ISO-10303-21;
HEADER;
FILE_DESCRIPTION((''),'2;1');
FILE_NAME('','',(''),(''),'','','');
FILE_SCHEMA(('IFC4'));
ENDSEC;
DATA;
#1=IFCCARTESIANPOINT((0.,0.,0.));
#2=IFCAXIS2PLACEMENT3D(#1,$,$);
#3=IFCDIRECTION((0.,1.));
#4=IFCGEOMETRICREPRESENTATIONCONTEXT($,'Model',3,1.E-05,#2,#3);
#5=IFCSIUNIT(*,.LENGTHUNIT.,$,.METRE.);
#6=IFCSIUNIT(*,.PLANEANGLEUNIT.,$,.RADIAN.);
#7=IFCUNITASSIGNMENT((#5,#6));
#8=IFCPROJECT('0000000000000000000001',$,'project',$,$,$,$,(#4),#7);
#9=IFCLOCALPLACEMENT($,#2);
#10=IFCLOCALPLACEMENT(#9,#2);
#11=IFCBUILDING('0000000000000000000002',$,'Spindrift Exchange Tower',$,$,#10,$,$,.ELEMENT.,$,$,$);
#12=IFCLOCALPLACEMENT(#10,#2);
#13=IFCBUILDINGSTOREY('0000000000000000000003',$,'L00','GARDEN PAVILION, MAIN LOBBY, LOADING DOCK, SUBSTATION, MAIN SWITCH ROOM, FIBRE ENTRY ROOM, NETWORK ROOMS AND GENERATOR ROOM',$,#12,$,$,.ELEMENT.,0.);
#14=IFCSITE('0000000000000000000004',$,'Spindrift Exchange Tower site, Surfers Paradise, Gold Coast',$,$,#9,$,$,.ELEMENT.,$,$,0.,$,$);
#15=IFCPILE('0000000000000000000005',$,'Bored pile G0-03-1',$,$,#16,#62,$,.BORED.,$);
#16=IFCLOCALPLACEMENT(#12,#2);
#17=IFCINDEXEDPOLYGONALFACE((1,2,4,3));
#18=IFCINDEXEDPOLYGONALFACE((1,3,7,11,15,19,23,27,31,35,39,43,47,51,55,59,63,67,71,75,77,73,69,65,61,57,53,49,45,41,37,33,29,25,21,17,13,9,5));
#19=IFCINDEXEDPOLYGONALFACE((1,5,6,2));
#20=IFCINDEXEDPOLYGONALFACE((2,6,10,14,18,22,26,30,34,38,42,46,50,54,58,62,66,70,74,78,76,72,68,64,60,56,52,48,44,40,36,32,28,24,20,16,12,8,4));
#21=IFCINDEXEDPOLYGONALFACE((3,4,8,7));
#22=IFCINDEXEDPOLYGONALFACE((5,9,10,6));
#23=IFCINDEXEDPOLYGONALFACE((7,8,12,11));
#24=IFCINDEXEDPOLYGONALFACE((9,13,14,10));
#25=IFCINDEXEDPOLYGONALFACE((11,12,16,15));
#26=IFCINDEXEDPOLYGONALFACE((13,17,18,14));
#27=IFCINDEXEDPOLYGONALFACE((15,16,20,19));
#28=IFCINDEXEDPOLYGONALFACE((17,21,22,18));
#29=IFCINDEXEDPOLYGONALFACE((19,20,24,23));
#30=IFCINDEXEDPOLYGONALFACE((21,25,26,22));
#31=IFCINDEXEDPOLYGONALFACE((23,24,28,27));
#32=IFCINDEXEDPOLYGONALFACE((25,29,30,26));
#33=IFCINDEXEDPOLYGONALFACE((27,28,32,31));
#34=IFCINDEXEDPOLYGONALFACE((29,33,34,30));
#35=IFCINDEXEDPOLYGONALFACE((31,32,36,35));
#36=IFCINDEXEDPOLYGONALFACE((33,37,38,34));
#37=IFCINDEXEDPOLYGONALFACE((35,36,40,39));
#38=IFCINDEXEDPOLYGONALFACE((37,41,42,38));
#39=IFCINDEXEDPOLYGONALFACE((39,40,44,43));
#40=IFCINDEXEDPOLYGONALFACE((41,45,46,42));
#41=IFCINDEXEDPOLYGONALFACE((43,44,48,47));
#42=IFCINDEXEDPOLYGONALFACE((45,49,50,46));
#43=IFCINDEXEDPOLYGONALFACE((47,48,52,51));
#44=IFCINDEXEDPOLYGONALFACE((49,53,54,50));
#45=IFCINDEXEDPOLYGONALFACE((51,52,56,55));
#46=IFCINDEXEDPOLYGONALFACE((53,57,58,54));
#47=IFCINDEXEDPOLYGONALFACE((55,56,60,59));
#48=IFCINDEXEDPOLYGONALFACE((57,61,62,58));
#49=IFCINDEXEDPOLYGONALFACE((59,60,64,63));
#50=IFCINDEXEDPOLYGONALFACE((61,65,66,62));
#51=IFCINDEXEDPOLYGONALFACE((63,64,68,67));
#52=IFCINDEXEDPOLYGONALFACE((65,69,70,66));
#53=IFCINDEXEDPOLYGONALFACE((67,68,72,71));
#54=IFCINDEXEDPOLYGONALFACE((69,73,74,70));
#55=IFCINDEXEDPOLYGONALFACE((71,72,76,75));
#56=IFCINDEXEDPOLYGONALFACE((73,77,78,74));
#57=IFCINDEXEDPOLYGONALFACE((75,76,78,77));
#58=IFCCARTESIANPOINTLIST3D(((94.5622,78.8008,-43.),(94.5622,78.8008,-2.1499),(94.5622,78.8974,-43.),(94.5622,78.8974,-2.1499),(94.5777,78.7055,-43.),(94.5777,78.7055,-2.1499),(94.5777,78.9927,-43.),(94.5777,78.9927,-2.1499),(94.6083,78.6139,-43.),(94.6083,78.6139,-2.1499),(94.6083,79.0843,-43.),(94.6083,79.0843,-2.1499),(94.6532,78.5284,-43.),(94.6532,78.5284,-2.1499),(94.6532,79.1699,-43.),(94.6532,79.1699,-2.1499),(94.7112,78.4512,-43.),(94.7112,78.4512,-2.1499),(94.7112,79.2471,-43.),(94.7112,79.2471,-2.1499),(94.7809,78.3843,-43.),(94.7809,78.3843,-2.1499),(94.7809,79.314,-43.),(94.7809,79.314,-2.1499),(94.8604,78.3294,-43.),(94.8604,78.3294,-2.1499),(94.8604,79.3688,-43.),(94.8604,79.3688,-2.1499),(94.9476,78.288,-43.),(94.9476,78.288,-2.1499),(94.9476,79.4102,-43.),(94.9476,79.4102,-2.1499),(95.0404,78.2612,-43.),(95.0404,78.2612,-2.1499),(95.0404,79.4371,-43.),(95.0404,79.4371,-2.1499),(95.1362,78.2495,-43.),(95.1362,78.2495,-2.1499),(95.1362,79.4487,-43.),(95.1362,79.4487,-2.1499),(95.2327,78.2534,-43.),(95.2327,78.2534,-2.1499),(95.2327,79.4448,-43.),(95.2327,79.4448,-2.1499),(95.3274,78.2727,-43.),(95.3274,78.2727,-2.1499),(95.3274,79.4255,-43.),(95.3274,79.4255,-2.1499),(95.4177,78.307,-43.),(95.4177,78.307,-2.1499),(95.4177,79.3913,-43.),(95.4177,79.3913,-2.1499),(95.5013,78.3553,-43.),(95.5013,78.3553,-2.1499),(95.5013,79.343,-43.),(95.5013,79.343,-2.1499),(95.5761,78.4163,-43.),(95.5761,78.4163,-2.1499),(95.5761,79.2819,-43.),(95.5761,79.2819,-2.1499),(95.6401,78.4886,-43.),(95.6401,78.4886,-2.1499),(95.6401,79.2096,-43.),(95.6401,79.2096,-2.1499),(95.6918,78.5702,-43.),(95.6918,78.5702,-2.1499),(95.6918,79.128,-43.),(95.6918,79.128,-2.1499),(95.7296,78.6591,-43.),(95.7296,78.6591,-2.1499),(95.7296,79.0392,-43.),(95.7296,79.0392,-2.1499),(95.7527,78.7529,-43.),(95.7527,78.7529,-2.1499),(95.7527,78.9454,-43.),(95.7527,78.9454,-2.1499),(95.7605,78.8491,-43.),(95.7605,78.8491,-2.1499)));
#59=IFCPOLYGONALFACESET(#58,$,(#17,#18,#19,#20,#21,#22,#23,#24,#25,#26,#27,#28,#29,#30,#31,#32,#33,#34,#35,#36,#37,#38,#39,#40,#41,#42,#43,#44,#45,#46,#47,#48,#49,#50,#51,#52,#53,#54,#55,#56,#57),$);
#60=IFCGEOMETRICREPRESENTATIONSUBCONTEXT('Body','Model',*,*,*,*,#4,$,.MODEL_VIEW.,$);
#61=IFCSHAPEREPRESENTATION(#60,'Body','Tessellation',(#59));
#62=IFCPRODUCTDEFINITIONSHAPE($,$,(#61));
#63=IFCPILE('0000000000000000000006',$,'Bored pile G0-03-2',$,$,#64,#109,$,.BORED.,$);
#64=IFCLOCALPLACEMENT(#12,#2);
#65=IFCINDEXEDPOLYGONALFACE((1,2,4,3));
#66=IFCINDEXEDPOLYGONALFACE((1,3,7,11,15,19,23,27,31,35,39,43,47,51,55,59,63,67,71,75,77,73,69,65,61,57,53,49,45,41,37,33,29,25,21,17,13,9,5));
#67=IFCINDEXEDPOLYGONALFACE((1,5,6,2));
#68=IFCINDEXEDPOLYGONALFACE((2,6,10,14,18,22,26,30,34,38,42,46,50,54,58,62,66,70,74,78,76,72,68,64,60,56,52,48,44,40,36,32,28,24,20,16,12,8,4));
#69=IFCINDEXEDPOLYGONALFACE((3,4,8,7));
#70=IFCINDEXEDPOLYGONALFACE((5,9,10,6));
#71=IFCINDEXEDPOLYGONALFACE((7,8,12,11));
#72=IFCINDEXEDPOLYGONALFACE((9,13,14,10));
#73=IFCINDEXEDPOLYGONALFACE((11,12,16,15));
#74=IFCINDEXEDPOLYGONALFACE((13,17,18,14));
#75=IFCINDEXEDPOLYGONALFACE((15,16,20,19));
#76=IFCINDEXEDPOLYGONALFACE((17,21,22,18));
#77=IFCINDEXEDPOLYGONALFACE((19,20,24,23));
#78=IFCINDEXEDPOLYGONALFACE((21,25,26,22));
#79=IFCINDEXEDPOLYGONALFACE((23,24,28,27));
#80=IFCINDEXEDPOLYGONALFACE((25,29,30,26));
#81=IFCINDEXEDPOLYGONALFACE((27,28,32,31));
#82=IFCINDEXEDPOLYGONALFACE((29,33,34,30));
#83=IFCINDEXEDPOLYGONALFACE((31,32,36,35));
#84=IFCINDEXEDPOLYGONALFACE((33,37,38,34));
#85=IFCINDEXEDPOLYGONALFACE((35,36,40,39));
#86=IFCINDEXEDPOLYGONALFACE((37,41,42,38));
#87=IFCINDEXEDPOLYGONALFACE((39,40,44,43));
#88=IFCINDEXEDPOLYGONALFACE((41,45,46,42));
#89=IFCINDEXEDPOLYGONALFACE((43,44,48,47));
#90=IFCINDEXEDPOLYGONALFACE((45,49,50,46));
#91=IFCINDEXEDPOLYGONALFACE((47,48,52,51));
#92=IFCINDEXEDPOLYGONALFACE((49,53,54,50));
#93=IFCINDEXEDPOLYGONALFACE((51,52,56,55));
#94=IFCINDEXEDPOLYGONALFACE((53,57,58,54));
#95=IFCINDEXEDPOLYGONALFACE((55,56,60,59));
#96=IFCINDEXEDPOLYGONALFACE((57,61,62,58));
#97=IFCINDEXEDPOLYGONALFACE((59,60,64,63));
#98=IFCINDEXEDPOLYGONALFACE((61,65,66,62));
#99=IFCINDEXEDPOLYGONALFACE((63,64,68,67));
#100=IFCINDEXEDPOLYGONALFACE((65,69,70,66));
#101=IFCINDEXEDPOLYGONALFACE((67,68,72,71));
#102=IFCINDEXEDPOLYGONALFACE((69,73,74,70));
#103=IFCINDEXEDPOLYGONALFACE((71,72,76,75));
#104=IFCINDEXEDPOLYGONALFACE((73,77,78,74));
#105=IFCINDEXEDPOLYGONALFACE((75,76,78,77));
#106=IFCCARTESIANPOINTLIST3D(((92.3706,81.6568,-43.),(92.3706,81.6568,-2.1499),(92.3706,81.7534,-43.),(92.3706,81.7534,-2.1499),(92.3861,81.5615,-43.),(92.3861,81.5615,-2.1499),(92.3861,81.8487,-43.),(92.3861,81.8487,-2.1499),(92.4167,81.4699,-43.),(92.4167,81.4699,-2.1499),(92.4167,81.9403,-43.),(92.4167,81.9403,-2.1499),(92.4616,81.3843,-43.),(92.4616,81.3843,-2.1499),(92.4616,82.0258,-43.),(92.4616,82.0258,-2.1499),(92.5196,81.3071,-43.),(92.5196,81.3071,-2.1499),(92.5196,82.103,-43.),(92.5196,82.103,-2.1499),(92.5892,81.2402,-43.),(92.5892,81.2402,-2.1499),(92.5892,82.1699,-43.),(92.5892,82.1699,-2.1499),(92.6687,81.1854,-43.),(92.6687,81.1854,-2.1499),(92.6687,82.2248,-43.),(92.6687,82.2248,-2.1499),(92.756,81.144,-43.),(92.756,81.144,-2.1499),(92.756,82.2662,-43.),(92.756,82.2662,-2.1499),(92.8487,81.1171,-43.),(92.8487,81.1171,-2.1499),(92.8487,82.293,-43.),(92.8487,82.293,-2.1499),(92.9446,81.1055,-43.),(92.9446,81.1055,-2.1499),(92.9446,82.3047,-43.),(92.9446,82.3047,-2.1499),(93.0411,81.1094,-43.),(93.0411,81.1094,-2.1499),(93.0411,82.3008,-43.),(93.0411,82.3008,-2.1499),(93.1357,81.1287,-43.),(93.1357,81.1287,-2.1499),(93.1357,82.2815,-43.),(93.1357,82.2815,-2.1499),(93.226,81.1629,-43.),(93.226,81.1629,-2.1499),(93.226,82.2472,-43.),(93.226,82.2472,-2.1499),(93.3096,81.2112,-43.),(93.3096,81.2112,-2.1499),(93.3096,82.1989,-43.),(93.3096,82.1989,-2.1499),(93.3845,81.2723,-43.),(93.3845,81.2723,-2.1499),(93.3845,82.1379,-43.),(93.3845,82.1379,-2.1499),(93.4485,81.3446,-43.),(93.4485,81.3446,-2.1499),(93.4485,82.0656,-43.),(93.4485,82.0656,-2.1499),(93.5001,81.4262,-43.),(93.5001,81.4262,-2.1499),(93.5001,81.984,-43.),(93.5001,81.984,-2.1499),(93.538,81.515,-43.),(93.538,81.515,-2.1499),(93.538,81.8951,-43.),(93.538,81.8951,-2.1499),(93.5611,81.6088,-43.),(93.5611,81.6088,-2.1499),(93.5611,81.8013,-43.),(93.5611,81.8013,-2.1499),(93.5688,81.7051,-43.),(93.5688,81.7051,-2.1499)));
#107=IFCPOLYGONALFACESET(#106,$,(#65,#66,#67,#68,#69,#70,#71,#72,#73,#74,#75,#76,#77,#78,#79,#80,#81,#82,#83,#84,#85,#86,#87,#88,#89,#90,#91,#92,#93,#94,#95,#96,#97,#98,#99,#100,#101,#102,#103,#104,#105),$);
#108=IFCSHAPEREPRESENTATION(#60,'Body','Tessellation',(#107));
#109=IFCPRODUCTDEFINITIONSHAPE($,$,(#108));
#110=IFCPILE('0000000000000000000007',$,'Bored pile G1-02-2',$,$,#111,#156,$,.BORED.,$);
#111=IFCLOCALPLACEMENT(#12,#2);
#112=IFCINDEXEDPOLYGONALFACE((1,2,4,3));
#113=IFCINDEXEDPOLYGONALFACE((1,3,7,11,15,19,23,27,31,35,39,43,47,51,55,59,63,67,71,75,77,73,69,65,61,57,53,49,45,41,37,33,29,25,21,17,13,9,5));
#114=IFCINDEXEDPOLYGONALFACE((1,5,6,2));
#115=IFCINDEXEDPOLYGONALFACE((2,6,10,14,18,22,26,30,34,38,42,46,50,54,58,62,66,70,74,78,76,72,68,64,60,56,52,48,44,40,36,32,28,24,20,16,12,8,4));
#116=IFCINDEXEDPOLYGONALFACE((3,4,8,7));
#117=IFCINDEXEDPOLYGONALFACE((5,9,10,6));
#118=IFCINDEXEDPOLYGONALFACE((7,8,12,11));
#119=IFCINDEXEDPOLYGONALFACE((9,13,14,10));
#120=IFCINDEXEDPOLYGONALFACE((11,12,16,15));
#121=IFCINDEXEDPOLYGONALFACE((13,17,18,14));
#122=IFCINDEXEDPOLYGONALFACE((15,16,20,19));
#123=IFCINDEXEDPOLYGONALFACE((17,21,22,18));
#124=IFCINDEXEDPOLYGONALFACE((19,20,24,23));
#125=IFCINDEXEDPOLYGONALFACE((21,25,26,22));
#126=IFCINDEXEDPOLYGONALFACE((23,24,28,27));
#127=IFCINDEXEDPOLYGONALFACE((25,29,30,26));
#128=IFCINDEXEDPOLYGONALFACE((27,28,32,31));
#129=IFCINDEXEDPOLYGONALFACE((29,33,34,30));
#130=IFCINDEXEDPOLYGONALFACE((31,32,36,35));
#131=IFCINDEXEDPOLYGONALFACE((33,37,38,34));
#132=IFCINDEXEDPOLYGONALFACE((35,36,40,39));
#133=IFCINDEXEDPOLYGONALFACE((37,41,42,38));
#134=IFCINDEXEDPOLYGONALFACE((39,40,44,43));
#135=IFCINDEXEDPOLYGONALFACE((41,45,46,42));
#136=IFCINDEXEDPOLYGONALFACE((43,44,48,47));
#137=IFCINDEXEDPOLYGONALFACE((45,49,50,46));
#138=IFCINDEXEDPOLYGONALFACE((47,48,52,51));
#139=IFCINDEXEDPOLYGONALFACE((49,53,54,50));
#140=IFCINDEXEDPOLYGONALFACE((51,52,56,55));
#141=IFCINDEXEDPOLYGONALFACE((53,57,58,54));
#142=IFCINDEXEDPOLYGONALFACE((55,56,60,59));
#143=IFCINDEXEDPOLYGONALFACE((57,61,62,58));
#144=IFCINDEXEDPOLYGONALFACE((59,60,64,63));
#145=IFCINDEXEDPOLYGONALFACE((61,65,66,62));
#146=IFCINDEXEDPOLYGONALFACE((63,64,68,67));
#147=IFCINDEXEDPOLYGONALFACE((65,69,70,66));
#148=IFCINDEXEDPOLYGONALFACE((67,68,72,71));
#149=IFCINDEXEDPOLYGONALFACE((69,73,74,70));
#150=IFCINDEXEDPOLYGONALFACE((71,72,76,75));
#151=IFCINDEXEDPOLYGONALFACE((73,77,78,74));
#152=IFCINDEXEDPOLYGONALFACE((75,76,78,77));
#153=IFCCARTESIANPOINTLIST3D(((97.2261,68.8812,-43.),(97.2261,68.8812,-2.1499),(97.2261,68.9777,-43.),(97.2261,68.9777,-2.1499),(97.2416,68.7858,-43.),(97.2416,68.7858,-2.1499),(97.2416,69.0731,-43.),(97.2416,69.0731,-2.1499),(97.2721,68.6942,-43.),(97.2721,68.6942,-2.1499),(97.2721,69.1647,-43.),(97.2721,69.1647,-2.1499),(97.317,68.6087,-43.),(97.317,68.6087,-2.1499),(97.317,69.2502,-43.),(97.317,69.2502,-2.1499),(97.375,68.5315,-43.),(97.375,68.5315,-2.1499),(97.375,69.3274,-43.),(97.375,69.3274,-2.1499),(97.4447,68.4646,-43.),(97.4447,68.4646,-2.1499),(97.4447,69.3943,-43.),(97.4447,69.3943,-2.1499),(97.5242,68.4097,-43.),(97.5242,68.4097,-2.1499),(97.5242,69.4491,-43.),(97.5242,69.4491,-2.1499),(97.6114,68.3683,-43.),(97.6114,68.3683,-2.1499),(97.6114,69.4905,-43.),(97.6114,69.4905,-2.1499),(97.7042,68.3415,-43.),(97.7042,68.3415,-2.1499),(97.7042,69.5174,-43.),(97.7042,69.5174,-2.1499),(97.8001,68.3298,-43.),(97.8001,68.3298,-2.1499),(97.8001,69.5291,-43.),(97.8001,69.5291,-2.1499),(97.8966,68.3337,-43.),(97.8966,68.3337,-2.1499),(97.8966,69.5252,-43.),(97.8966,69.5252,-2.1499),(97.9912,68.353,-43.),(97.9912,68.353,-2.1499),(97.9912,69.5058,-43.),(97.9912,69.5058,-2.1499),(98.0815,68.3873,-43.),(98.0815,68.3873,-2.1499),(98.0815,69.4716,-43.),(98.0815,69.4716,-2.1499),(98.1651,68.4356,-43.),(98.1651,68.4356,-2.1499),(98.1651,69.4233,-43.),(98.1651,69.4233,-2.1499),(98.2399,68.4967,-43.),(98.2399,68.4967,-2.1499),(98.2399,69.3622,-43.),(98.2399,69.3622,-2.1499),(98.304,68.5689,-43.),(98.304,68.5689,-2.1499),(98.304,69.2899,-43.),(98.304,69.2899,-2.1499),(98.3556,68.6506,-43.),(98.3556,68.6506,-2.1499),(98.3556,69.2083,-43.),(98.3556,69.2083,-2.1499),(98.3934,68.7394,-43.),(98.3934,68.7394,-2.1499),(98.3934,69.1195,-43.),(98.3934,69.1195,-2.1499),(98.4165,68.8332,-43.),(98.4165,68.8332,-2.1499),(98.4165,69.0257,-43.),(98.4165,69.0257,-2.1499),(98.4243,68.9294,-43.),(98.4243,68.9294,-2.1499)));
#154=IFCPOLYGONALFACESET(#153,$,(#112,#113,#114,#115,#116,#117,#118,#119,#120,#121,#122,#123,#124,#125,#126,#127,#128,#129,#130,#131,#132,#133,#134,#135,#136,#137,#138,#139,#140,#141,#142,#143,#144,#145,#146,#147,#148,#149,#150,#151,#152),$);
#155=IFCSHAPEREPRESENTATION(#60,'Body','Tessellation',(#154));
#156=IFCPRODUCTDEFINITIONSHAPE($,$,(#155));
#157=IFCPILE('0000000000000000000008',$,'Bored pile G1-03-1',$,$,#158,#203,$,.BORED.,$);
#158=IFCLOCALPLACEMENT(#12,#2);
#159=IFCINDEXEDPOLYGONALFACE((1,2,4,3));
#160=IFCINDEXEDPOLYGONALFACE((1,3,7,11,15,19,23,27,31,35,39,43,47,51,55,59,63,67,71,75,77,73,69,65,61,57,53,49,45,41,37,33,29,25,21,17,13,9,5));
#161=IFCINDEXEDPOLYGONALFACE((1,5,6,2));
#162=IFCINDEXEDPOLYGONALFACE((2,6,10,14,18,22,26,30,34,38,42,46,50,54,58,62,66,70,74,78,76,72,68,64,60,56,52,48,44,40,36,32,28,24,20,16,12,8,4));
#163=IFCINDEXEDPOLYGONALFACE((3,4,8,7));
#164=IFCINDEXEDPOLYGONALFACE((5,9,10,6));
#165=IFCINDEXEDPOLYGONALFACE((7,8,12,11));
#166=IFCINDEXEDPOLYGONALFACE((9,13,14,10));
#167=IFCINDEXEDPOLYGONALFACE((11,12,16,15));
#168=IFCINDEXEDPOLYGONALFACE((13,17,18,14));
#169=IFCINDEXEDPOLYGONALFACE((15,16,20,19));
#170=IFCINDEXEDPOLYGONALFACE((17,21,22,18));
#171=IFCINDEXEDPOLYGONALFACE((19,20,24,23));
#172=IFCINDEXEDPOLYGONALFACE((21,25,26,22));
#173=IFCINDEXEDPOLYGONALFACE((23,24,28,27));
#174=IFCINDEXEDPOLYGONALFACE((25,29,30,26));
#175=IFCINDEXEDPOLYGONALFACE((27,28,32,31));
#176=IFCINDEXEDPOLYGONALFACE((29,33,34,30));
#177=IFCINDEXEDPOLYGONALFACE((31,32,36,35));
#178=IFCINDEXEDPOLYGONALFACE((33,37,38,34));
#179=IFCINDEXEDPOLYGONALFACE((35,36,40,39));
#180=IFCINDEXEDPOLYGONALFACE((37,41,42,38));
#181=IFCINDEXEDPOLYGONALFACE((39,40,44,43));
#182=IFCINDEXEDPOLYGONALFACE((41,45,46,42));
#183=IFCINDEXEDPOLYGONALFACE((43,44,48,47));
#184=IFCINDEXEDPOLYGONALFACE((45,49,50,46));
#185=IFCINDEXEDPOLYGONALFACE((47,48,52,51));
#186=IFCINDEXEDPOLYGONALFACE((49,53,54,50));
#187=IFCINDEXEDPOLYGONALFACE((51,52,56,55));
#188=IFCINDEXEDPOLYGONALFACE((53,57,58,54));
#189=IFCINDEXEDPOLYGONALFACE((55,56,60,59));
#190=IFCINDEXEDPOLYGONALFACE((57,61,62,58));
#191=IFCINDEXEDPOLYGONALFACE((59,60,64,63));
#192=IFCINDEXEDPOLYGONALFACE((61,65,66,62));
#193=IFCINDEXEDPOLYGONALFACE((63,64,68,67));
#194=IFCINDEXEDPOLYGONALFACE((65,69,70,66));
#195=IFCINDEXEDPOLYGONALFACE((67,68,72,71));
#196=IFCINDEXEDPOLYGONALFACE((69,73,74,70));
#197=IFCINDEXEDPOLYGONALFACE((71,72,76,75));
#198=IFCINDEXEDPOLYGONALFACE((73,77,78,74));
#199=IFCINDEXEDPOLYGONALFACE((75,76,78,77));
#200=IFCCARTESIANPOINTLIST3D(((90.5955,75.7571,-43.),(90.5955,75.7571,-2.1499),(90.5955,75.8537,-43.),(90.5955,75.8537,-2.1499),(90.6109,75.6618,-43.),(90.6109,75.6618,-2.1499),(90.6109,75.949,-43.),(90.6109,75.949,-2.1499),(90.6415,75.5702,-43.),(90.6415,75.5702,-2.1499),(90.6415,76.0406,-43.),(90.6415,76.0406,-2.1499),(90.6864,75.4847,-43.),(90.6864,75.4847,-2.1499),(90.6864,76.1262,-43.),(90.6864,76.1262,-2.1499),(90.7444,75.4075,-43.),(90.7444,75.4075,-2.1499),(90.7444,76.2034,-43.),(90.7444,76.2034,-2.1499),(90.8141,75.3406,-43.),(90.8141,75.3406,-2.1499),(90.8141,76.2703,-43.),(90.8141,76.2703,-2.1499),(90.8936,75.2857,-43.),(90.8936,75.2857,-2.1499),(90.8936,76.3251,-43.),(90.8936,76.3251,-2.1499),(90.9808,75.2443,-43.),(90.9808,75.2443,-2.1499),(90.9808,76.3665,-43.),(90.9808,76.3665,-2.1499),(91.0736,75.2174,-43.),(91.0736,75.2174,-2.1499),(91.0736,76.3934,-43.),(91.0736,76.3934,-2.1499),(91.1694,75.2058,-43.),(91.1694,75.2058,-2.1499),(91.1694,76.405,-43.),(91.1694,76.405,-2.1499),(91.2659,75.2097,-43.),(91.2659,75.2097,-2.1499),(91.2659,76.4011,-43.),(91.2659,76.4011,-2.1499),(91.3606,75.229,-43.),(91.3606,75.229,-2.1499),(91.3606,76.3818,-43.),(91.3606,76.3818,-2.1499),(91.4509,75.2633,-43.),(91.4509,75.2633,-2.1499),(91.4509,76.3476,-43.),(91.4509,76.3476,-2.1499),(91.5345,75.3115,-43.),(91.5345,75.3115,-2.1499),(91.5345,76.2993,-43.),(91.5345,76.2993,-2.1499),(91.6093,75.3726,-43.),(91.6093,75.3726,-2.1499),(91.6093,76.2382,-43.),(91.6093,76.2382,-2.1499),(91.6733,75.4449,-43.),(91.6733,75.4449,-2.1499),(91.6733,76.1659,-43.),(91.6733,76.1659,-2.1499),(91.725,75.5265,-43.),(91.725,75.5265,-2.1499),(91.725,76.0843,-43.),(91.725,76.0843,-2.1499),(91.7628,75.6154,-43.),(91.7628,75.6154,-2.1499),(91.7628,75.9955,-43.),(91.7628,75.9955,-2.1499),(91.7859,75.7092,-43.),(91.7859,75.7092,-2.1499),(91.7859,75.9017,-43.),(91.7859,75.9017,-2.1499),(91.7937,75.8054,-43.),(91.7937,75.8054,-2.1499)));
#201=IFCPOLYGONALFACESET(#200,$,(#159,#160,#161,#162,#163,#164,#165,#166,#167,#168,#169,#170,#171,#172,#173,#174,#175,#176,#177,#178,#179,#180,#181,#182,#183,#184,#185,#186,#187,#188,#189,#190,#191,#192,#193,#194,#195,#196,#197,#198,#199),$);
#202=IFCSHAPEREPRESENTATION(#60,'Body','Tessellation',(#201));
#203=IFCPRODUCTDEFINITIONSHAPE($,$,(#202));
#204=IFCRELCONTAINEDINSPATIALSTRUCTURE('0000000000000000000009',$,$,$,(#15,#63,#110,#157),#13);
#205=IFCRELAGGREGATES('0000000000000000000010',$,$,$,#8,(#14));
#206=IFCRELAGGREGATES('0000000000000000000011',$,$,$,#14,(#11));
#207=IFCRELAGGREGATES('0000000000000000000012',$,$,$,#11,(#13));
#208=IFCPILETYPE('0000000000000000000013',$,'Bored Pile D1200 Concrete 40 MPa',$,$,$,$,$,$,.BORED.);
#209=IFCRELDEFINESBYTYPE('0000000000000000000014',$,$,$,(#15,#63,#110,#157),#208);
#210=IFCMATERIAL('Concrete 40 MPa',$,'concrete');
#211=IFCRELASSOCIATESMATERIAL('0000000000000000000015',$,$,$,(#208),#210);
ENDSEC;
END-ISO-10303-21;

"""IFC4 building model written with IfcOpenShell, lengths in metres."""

from ifc_helpers import new_model, si_unit, direction, frame, origin, origin_2d, place, context, subcontext, project, spatial, circle, extrude, source, transform, mapped, material, material_profile, profile_set, type_object, element, save


model = new_model("IFC4")

# Units and contexts
model_context = context("Model", 3, precision=1e-05, world=origin(), true_north=direction((0.0, 1.0)))
body_context = subcontext(model_context, "Body", "Model", "MODEL_VIEW")
ifc_project = project(units=[si_unit("LENGTHUNIT", "METRE"), si_unit("PLANEANGLEUNIT", "RADIAN")], contexts=[model_context])

# Site, building, storey
site_placement = place(None, origin())
site = spatial("IfcSite", under=ifc_project, at=site_placement, Name="Spindrift Exchange Tower site, Surfers Paradise, Gold Coast", CompositionType="ELEMENT", RefElevation=0.0)
building_placement = place(site_placement, origin())
building = spatial("IfcBuilding", under=site, at=building_placement, Name="Spindrift Exchange Tower", CompositionType="ELEMENT")
storey_placement = place(building_placement, origin())
storey = spatial("IfcBuildingStorey", under=building, at=storey_placement, Name="L00", Description="GARDEN PAVILION, MAIN LOBBY, LOADING DOCK, SUBSTATION, MAIN SWITCH ROOM, FIBRE ENTRY ROOM, NETWORK ROOMS AND GENERATOR ROOM", CompositionType="ELEMENT", Elevation=0.0)

# Piles
ifc_material_1 = material(Name="Concrete 40 MPa", Category="concrete")
ifc_material_profile_1 = material_profile(ifc_material_1, circle(Radius=0.6001, at=origin_2d()), Name="BP D1200")
ifc_profile_set_1 = profile_set([ifc_material_profile_1], Name="Concrete 40 MPa")
pile_type = type_object("IfcPileType", Name="Bored Pile D1200 Concrete 40 MPa", PredefinedType="BORED", material=ifc_profile_set_1)
shared_shape_1 = source(origin(), body_context, "Body", "SweptSolid", [
    extrude(circle(Radius=0.6001, at=origin_2d()), origin(), (0.0, 0.0, 1.0), 40.8501),
])
for number, where, z_axis, x_axis, name in (
    (1, (95.1604, 78.8491, -2.1499), (0.0, 0.0, -1.0), (1.0, 0.0, 0.0), "Bored pile G0-03-1"),
    (2, (92.9688, 81.7051, -2.1499), (0.0, 0.0, -1.0), (1.0, 0.0, 0.0), "Bored pile G0-03-2"),
    (3, (97.8242, 68.9294, -2.1499), (0.0, 0.0, -1.0), (1.0, 0.0, 0.0), "Bored pile G1-02-2"),
    (4, (91.1936, 75.8054, -2.1499), (0.0, 0.0, -1.0), (1.0, 0.0, 0.0), "Bored pile G1-03-1"),
):
    element("IfcPile", number, at=place(storey_placement, frame(where, z_axis=z_axis, x_axis=x_axis)), inside=storey, type_object=pile_type, Name=name, PredefinedType="BORED", context=body_context, shape_type="MappedRepresentation", body=[
        mapped(shared_shape_1, transform((0.0, 0.0, 0.0), scale=1.0)),
    ])

save(model, "model.ifc")
